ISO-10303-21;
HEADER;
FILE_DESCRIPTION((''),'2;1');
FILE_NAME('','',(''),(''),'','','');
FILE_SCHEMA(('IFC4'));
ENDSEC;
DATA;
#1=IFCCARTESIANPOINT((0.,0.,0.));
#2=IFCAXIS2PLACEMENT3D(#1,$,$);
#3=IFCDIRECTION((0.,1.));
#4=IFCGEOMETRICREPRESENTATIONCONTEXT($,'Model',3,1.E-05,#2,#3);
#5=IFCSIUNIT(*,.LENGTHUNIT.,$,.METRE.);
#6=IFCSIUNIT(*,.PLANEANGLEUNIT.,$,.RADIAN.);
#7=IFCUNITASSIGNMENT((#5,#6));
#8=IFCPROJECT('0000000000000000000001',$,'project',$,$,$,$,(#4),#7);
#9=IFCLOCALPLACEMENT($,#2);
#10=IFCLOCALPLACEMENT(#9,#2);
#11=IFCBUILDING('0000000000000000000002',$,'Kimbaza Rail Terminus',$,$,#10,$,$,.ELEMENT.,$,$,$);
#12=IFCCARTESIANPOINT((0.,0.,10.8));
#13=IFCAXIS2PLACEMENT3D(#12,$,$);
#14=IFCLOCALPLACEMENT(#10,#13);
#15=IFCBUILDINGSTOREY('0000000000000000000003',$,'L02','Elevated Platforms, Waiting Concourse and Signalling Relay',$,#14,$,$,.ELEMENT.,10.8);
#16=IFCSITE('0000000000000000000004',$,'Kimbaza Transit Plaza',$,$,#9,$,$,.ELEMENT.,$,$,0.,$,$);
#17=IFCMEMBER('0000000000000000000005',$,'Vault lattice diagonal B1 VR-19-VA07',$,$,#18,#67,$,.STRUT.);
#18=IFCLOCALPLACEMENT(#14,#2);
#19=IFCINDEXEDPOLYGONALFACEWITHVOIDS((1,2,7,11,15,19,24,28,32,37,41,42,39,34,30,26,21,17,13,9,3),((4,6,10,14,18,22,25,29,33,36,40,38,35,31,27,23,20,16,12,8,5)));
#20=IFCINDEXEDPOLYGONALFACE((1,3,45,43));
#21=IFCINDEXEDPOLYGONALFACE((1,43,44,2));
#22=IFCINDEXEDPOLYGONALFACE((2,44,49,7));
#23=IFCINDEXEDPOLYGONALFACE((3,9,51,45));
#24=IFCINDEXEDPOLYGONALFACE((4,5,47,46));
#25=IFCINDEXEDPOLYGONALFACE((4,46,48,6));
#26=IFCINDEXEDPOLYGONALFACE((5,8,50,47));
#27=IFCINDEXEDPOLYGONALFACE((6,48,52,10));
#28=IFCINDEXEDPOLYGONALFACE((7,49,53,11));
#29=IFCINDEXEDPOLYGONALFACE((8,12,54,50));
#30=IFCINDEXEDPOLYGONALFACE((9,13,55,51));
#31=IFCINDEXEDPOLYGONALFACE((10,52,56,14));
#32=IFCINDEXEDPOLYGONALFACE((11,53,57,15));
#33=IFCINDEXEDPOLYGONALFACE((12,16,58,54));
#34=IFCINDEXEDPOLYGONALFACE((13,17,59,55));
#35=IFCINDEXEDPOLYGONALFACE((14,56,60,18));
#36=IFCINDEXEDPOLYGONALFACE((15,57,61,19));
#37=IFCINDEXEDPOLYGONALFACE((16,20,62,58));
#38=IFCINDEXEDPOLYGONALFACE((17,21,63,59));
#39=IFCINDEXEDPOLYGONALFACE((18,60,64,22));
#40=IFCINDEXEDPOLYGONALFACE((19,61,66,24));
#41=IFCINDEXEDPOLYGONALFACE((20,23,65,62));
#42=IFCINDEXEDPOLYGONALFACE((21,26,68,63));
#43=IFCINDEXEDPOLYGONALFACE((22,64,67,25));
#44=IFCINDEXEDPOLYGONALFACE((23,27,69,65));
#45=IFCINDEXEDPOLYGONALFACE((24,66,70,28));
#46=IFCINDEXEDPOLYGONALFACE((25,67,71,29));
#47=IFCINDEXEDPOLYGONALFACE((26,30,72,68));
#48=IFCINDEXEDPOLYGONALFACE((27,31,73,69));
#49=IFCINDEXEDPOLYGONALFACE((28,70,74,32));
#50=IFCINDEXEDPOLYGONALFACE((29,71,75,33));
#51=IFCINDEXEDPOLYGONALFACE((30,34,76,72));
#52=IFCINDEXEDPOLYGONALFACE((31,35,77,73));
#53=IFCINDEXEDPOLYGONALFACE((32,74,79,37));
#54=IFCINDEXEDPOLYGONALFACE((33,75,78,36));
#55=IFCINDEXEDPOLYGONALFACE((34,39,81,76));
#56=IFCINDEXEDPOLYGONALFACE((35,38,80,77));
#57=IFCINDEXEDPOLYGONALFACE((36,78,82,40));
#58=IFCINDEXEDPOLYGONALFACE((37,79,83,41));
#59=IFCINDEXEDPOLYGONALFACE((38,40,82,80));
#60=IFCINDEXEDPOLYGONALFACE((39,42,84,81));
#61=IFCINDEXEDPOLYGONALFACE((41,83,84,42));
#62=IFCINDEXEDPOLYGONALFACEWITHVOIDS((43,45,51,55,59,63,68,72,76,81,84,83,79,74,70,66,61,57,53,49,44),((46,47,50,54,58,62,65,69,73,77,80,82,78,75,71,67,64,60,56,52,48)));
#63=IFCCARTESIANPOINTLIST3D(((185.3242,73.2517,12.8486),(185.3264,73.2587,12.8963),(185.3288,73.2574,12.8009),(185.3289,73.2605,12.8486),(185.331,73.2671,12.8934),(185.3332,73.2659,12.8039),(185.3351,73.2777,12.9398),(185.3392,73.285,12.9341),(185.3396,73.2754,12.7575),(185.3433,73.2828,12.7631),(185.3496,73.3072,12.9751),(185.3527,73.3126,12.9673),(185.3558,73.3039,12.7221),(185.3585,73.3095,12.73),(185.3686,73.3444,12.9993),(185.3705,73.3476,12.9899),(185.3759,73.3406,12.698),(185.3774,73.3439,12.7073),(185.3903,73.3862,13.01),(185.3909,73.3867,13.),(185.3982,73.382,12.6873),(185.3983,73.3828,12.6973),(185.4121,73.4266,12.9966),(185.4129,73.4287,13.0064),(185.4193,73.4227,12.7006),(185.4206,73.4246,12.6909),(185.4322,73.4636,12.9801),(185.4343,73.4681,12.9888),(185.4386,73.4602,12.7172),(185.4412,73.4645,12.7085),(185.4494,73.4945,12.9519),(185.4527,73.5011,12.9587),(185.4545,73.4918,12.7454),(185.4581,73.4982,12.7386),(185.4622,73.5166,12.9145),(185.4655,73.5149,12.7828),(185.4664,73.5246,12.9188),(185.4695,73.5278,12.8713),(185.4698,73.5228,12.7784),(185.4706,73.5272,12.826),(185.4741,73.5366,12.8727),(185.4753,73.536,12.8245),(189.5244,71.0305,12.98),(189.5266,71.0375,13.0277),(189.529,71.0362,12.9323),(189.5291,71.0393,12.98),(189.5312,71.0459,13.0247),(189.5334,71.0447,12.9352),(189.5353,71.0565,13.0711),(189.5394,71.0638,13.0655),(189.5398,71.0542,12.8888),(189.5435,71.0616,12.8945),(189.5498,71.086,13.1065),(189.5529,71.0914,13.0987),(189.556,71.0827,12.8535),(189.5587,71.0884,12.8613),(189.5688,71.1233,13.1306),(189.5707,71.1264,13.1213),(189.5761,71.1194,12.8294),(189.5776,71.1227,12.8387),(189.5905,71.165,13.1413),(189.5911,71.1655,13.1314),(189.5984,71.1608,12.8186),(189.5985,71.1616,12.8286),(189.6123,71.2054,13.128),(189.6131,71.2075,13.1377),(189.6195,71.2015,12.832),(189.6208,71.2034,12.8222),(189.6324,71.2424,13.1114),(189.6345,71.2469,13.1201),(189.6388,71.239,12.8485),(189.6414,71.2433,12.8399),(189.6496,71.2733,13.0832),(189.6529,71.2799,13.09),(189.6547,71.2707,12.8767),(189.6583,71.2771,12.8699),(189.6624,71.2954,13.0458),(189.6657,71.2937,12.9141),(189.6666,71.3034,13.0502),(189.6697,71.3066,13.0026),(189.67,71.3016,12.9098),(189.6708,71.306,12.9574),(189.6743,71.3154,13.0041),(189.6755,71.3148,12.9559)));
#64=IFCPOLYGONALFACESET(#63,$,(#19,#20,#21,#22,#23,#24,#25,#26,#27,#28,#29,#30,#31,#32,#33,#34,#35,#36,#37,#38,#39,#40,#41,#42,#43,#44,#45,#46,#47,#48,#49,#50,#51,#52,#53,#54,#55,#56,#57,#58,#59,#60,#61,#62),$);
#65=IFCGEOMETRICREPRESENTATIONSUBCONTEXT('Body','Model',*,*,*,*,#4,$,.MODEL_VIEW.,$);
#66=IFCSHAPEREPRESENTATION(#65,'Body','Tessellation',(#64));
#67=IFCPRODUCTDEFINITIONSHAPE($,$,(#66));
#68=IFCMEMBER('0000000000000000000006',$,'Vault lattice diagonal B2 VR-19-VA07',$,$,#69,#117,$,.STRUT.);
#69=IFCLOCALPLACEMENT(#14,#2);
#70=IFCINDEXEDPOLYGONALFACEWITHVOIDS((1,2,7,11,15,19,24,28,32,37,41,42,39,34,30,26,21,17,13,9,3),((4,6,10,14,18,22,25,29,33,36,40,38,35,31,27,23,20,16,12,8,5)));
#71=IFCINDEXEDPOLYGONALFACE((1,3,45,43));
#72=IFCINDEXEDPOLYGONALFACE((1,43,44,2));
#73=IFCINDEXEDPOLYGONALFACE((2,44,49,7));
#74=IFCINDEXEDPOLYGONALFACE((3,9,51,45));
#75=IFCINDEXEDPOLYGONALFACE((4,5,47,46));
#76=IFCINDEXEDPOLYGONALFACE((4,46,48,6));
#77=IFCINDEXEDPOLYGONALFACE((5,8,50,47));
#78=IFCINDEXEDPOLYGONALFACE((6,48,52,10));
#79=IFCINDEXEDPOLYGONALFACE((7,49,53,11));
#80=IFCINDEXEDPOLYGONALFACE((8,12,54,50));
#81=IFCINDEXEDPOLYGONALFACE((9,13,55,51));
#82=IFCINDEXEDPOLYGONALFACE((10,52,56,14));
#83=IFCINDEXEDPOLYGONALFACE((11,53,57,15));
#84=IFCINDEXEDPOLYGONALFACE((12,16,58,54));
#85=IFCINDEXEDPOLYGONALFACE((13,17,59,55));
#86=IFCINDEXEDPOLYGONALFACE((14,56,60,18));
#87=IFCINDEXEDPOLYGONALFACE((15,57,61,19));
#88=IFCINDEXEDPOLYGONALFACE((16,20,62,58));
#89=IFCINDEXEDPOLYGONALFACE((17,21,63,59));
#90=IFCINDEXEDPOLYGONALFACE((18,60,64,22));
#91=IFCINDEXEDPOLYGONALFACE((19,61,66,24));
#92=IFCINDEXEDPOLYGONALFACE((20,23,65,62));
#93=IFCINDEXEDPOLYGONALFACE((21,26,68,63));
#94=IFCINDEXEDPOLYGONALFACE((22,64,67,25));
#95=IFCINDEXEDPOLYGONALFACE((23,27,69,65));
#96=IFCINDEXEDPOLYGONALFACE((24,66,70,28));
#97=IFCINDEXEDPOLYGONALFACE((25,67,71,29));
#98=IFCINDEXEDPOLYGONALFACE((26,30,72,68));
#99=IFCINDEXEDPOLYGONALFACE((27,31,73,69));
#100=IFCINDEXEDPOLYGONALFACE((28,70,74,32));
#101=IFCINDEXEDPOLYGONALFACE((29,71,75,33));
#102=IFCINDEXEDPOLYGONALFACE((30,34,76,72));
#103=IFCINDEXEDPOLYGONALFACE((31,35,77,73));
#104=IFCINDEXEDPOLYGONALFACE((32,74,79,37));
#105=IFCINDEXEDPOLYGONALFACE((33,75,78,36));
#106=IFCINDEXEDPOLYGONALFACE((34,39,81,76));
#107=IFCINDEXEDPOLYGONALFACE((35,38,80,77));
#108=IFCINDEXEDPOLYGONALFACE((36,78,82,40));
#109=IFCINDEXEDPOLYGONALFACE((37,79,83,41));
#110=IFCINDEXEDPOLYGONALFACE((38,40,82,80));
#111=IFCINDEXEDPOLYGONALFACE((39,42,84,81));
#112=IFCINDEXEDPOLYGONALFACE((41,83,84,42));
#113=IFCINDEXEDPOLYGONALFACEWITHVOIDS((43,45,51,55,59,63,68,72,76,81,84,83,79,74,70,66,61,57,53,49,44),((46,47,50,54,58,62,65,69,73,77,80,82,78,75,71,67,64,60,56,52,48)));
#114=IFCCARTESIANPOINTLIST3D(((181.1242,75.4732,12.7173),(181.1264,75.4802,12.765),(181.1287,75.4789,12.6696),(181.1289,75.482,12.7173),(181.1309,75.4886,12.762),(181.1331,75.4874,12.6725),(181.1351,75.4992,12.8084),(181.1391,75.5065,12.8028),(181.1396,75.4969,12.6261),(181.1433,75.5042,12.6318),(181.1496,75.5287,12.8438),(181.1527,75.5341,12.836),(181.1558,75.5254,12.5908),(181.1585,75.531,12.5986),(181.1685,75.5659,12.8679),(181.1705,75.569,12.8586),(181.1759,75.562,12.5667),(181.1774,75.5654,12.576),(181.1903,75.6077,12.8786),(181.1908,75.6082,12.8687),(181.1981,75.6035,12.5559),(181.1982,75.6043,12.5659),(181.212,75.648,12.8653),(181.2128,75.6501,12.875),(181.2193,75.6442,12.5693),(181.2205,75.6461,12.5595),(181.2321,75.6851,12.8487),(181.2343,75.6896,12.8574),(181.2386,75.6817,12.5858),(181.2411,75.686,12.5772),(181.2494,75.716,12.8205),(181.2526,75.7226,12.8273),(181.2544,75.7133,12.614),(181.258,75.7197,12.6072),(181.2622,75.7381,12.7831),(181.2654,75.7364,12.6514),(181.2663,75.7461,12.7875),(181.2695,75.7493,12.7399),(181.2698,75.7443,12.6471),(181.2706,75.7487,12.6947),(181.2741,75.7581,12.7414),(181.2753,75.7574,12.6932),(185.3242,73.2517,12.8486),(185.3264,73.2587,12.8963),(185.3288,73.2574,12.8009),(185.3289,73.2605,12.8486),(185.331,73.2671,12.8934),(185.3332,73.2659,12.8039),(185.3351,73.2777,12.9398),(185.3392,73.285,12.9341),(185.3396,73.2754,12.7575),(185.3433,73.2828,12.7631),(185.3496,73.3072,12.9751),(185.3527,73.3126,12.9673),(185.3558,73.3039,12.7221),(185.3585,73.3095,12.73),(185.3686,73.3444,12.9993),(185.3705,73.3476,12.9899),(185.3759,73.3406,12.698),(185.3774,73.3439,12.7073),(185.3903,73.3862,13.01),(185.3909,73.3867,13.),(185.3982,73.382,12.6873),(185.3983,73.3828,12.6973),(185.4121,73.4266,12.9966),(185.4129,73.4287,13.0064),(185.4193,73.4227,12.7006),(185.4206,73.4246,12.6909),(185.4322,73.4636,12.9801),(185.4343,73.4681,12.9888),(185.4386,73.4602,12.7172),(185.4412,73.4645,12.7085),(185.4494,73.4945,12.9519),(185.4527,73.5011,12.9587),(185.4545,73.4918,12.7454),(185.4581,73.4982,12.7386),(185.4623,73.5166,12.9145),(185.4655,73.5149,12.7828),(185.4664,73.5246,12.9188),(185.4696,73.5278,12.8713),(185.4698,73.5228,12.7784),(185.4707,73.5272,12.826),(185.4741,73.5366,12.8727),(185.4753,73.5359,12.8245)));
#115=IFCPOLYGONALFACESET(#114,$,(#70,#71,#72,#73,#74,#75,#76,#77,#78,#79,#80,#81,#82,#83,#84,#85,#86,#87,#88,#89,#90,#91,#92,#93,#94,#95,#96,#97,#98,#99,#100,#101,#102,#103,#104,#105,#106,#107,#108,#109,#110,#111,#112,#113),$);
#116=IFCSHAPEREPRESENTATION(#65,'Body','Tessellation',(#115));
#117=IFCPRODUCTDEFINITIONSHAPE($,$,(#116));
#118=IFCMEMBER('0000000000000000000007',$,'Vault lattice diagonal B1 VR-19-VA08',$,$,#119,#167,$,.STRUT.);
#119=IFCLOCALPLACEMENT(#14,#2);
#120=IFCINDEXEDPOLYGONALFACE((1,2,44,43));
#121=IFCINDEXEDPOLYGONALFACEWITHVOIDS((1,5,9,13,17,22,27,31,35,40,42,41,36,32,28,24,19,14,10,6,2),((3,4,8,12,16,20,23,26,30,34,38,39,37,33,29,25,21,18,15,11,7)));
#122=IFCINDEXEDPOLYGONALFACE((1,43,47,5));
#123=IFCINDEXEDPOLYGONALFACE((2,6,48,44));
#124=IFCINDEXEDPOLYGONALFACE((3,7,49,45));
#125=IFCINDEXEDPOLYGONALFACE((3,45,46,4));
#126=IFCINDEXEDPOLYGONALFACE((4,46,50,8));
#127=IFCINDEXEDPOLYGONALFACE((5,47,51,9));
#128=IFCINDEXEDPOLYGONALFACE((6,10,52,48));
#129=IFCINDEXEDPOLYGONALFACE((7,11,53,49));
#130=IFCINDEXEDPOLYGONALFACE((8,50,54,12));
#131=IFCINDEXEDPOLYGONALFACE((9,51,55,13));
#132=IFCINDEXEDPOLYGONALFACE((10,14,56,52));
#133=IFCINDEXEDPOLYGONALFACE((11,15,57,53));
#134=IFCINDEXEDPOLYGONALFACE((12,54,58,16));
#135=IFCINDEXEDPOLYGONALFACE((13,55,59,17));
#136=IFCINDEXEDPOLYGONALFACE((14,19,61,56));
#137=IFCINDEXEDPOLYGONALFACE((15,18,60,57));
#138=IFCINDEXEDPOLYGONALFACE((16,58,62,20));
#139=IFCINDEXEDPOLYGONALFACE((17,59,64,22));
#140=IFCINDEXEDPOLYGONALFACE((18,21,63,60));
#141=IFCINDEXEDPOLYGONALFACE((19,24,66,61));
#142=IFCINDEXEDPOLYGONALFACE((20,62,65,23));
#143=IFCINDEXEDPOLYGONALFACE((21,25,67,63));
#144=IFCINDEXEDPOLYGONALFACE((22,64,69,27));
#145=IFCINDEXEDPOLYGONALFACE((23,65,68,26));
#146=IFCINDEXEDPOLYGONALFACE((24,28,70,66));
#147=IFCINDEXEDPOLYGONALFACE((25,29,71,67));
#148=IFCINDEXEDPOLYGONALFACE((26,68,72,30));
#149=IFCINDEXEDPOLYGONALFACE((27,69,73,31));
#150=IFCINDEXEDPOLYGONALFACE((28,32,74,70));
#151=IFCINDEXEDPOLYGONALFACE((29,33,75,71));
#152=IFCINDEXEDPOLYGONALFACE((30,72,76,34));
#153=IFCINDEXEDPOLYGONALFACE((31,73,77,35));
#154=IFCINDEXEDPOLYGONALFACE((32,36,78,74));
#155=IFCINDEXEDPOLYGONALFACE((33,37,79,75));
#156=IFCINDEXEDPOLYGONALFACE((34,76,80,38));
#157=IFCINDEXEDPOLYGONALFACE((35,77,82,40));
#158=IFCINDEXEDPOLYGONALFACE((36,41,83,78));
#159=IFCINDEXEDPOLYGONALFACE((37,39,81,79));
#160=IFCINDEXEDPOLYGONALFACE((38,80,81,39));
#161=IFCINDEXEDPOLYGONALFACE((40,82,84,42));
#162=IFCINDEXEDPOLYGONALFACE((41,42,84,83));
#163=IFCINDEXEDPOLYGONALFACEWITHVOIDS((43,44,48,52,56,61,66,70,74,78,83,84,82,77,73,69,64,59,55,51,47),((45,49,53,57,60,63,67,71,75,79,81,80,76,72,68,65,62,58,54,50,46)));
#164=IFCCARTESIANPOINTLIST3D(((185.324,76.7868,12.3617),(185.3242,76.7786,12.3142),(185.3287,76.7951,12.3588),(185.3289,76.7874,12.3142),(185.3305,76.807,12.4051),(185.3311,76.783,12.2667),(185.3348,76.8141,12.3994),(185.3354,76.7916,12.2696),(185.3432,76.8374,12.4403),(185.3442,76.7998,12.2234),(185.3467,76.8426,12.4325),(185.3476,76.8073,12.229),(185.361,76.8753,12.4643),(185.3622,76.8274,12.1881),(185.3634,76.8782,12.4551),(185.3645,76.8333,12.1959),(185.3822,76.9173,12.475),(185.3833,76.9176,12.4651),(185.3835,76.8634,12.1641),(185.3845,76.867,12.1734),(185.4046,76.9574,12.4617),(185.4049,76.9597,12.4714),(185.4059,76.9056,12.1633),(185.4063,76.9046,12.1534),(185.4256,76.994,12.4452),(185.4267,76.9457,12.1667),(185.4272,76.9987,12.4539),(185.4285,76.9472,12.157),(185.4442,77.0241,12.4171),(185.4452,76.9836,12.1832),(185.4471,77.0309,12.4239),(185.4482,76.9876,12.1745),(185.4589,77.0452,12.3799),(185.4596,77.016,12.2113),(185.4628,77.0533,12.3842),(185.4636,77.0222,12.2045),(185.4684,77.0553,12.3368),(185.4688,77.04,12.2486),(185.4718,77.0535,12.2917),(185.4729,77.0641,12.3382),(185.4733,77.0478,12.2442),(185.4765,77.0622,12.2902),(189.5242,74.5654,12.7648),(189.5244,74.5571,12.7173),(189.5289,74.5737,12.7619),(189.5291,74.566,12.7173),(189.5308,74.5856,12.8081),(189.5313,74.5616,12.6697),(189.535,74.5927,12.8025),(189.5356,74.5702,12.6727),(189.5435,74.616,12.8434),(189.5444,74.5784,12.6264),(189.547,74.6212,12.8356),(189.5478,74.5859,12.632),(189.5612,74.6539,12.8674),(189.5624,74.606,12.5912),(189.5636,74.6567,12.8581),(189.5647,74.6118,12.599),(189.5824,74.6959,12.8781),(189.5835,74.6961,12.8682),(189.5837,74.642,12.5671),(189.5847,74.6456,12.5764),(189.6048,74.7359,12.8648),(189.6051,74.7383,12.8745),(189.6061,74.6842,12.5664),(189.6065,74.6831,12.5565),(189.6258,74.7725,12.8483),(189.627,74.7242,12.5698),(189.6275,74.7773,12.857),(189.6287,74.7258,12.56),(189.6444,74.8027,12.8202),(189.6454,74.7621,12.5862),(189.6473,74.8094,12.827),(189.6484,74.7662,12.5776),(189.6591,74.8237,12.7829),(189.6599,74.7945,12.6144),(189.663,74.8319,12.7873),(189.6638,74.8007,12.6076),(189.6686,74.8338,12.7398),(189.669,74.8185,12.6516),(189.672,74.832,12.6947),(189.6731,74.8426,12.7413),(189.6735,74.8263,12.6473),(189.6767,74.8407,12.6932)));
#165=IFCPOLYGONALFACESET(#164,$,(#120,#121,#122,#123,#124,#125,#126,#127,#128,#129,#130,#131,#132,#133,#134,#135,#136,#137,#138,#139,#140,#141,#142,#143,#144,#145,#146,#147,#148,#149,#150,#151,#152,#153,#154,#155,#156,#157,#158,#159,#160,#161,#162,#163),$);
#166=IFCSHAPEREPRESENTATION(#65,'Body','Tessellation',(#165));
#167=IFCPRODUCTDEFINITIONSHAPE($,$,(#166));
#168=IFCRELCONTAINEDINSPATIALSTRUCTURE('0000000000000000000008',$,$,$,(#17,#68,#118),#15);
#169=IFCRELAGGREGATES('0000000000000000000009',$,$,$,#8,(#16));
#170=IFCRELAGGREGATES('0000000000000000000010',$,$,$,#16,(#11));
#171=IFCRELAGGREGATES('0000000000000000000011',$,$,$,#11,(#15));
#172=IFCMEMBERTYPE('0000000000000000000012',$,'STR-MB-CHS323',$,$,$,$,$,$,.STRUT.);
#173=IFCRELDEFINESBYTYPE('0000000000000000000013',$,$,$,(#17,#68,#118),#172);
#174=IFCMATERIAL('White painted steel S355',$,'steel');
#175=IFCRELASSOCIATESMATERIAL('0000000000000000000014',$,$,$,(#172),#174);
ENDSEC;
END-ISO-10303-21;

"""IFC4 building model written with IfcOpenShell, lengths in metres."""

from ifc_helpers import new_model, si_unit, direction, frame, origin, origin_2d, place, context, subcontext, project, spatial, hollow_circle, extrude, material, material_profile, profile_set, type_object, element, save


model = new_model("IFC4")

# Units and contexts
model_context = context("Model", 3, precision=1e-05, world=origin(), true_north=direction((0.0, 1.0)))
body_context = subcontext(model_context, "Body", "Model", "MODEL_VIEW")
ifc_project = project(units=[si_unit("LENGTHUNIT", "METRE"), si_unit("PLANEANGLEUNIT", "RADIAN")], contexts=[model_context])

# Site, building, storey
site_placement = place(None, origin())
site = spatial("IfcSite", under=ifc_project, at=site_placement, Name="Kimbaza Transit Plaza", CompositionType="ELEMENT", RefElevation=0.0)
building_placement = place(site_placement, origin())
building = spatial("IfcBuilding", under=site, at=building_placement, Name="Kimbaza Rail Terminus", CompositionType="ELEMENT")
storey_placement = place(building_placement, frame((0.0, 0.0, 10.8)))
storey = spatial("IfcBuildingStorey", under=building, at=storey_placement, Name="L02", Description="Elevated Platforms, Waiting Concourse and Signalling Relay", CompositionType="ELEMENT", Elevation=10.8)

# Members
ifc_material_1 = material(Name="White painted steel S355", Category="steel")
ifc_material_profile_1 = material_profile(ifc_material_1, hollow_circle(Radius=0.1619, WallThickness=0.01, at=origin_2d()), Name="CHS 323.9x10")
ifc_profile_set_1 = profile_set([ifc_material_profile_1], Name="White painted steel S355")
member_type_1 = type_object("IfcMemberType", Name="STR-MB-CHS323", PredefinedType="STRUT", material=ifc_profile_set_1)
for number, where, z_axis, x_axis, name in (
    (1, (189.6001, 71.1736, 12.98), (-0.883663, 0.467308, -0.027634), (-0.467486, -0.884, 0.0), "Vault lattice diagonal B1 VR-19-VA07"),
    (2, (185.3999, 73.3948, 12.8486), (-0.88363, 0.467369, -0.027634), (-0.467548, -0.883968, 0.0), "Vault lattice diagonal B2 VR-19-VA07"),
):
    element("IfcMember", number, at=place(storey_placement, frame(where, z_axis=z_axis, x_axis=x_axis)), inside=storey, type_object=member_type_1, Name=name, PredefinedType="STRUT", context=body_context, shape_type="SweptSolid", body=[
        extrude(hollow_circle(Radius=0.1619, WallThickness=0.01, at=origin_2d()), origin(), (0.0, 0.0, 1.0), 4.7532),
    ])
member_1_placement = place(storey_placement, frame((189.6001, 74.7002, 12.7173), z_axis=(-0.880815, 0.465853, -0.084528), x_axis=(-0.467526, -0.883979, 0.0)))
element("IfcMember", 3, at=member_1_placement, inside=storey, type_object=member_type_1, Name="Vault lattice diagonal B1 VR-19-VA08", PredefinedType="STRUT", context=body_context, shape_type="SweptSolid", body=[
    extrude(hollow_circle(Radius=0.1619, WallThickness=0.01, at=origin_2d()), origin(), (0.0, 0.0, 1.0), 4.7686),
])

save(model, "model.ifc")
